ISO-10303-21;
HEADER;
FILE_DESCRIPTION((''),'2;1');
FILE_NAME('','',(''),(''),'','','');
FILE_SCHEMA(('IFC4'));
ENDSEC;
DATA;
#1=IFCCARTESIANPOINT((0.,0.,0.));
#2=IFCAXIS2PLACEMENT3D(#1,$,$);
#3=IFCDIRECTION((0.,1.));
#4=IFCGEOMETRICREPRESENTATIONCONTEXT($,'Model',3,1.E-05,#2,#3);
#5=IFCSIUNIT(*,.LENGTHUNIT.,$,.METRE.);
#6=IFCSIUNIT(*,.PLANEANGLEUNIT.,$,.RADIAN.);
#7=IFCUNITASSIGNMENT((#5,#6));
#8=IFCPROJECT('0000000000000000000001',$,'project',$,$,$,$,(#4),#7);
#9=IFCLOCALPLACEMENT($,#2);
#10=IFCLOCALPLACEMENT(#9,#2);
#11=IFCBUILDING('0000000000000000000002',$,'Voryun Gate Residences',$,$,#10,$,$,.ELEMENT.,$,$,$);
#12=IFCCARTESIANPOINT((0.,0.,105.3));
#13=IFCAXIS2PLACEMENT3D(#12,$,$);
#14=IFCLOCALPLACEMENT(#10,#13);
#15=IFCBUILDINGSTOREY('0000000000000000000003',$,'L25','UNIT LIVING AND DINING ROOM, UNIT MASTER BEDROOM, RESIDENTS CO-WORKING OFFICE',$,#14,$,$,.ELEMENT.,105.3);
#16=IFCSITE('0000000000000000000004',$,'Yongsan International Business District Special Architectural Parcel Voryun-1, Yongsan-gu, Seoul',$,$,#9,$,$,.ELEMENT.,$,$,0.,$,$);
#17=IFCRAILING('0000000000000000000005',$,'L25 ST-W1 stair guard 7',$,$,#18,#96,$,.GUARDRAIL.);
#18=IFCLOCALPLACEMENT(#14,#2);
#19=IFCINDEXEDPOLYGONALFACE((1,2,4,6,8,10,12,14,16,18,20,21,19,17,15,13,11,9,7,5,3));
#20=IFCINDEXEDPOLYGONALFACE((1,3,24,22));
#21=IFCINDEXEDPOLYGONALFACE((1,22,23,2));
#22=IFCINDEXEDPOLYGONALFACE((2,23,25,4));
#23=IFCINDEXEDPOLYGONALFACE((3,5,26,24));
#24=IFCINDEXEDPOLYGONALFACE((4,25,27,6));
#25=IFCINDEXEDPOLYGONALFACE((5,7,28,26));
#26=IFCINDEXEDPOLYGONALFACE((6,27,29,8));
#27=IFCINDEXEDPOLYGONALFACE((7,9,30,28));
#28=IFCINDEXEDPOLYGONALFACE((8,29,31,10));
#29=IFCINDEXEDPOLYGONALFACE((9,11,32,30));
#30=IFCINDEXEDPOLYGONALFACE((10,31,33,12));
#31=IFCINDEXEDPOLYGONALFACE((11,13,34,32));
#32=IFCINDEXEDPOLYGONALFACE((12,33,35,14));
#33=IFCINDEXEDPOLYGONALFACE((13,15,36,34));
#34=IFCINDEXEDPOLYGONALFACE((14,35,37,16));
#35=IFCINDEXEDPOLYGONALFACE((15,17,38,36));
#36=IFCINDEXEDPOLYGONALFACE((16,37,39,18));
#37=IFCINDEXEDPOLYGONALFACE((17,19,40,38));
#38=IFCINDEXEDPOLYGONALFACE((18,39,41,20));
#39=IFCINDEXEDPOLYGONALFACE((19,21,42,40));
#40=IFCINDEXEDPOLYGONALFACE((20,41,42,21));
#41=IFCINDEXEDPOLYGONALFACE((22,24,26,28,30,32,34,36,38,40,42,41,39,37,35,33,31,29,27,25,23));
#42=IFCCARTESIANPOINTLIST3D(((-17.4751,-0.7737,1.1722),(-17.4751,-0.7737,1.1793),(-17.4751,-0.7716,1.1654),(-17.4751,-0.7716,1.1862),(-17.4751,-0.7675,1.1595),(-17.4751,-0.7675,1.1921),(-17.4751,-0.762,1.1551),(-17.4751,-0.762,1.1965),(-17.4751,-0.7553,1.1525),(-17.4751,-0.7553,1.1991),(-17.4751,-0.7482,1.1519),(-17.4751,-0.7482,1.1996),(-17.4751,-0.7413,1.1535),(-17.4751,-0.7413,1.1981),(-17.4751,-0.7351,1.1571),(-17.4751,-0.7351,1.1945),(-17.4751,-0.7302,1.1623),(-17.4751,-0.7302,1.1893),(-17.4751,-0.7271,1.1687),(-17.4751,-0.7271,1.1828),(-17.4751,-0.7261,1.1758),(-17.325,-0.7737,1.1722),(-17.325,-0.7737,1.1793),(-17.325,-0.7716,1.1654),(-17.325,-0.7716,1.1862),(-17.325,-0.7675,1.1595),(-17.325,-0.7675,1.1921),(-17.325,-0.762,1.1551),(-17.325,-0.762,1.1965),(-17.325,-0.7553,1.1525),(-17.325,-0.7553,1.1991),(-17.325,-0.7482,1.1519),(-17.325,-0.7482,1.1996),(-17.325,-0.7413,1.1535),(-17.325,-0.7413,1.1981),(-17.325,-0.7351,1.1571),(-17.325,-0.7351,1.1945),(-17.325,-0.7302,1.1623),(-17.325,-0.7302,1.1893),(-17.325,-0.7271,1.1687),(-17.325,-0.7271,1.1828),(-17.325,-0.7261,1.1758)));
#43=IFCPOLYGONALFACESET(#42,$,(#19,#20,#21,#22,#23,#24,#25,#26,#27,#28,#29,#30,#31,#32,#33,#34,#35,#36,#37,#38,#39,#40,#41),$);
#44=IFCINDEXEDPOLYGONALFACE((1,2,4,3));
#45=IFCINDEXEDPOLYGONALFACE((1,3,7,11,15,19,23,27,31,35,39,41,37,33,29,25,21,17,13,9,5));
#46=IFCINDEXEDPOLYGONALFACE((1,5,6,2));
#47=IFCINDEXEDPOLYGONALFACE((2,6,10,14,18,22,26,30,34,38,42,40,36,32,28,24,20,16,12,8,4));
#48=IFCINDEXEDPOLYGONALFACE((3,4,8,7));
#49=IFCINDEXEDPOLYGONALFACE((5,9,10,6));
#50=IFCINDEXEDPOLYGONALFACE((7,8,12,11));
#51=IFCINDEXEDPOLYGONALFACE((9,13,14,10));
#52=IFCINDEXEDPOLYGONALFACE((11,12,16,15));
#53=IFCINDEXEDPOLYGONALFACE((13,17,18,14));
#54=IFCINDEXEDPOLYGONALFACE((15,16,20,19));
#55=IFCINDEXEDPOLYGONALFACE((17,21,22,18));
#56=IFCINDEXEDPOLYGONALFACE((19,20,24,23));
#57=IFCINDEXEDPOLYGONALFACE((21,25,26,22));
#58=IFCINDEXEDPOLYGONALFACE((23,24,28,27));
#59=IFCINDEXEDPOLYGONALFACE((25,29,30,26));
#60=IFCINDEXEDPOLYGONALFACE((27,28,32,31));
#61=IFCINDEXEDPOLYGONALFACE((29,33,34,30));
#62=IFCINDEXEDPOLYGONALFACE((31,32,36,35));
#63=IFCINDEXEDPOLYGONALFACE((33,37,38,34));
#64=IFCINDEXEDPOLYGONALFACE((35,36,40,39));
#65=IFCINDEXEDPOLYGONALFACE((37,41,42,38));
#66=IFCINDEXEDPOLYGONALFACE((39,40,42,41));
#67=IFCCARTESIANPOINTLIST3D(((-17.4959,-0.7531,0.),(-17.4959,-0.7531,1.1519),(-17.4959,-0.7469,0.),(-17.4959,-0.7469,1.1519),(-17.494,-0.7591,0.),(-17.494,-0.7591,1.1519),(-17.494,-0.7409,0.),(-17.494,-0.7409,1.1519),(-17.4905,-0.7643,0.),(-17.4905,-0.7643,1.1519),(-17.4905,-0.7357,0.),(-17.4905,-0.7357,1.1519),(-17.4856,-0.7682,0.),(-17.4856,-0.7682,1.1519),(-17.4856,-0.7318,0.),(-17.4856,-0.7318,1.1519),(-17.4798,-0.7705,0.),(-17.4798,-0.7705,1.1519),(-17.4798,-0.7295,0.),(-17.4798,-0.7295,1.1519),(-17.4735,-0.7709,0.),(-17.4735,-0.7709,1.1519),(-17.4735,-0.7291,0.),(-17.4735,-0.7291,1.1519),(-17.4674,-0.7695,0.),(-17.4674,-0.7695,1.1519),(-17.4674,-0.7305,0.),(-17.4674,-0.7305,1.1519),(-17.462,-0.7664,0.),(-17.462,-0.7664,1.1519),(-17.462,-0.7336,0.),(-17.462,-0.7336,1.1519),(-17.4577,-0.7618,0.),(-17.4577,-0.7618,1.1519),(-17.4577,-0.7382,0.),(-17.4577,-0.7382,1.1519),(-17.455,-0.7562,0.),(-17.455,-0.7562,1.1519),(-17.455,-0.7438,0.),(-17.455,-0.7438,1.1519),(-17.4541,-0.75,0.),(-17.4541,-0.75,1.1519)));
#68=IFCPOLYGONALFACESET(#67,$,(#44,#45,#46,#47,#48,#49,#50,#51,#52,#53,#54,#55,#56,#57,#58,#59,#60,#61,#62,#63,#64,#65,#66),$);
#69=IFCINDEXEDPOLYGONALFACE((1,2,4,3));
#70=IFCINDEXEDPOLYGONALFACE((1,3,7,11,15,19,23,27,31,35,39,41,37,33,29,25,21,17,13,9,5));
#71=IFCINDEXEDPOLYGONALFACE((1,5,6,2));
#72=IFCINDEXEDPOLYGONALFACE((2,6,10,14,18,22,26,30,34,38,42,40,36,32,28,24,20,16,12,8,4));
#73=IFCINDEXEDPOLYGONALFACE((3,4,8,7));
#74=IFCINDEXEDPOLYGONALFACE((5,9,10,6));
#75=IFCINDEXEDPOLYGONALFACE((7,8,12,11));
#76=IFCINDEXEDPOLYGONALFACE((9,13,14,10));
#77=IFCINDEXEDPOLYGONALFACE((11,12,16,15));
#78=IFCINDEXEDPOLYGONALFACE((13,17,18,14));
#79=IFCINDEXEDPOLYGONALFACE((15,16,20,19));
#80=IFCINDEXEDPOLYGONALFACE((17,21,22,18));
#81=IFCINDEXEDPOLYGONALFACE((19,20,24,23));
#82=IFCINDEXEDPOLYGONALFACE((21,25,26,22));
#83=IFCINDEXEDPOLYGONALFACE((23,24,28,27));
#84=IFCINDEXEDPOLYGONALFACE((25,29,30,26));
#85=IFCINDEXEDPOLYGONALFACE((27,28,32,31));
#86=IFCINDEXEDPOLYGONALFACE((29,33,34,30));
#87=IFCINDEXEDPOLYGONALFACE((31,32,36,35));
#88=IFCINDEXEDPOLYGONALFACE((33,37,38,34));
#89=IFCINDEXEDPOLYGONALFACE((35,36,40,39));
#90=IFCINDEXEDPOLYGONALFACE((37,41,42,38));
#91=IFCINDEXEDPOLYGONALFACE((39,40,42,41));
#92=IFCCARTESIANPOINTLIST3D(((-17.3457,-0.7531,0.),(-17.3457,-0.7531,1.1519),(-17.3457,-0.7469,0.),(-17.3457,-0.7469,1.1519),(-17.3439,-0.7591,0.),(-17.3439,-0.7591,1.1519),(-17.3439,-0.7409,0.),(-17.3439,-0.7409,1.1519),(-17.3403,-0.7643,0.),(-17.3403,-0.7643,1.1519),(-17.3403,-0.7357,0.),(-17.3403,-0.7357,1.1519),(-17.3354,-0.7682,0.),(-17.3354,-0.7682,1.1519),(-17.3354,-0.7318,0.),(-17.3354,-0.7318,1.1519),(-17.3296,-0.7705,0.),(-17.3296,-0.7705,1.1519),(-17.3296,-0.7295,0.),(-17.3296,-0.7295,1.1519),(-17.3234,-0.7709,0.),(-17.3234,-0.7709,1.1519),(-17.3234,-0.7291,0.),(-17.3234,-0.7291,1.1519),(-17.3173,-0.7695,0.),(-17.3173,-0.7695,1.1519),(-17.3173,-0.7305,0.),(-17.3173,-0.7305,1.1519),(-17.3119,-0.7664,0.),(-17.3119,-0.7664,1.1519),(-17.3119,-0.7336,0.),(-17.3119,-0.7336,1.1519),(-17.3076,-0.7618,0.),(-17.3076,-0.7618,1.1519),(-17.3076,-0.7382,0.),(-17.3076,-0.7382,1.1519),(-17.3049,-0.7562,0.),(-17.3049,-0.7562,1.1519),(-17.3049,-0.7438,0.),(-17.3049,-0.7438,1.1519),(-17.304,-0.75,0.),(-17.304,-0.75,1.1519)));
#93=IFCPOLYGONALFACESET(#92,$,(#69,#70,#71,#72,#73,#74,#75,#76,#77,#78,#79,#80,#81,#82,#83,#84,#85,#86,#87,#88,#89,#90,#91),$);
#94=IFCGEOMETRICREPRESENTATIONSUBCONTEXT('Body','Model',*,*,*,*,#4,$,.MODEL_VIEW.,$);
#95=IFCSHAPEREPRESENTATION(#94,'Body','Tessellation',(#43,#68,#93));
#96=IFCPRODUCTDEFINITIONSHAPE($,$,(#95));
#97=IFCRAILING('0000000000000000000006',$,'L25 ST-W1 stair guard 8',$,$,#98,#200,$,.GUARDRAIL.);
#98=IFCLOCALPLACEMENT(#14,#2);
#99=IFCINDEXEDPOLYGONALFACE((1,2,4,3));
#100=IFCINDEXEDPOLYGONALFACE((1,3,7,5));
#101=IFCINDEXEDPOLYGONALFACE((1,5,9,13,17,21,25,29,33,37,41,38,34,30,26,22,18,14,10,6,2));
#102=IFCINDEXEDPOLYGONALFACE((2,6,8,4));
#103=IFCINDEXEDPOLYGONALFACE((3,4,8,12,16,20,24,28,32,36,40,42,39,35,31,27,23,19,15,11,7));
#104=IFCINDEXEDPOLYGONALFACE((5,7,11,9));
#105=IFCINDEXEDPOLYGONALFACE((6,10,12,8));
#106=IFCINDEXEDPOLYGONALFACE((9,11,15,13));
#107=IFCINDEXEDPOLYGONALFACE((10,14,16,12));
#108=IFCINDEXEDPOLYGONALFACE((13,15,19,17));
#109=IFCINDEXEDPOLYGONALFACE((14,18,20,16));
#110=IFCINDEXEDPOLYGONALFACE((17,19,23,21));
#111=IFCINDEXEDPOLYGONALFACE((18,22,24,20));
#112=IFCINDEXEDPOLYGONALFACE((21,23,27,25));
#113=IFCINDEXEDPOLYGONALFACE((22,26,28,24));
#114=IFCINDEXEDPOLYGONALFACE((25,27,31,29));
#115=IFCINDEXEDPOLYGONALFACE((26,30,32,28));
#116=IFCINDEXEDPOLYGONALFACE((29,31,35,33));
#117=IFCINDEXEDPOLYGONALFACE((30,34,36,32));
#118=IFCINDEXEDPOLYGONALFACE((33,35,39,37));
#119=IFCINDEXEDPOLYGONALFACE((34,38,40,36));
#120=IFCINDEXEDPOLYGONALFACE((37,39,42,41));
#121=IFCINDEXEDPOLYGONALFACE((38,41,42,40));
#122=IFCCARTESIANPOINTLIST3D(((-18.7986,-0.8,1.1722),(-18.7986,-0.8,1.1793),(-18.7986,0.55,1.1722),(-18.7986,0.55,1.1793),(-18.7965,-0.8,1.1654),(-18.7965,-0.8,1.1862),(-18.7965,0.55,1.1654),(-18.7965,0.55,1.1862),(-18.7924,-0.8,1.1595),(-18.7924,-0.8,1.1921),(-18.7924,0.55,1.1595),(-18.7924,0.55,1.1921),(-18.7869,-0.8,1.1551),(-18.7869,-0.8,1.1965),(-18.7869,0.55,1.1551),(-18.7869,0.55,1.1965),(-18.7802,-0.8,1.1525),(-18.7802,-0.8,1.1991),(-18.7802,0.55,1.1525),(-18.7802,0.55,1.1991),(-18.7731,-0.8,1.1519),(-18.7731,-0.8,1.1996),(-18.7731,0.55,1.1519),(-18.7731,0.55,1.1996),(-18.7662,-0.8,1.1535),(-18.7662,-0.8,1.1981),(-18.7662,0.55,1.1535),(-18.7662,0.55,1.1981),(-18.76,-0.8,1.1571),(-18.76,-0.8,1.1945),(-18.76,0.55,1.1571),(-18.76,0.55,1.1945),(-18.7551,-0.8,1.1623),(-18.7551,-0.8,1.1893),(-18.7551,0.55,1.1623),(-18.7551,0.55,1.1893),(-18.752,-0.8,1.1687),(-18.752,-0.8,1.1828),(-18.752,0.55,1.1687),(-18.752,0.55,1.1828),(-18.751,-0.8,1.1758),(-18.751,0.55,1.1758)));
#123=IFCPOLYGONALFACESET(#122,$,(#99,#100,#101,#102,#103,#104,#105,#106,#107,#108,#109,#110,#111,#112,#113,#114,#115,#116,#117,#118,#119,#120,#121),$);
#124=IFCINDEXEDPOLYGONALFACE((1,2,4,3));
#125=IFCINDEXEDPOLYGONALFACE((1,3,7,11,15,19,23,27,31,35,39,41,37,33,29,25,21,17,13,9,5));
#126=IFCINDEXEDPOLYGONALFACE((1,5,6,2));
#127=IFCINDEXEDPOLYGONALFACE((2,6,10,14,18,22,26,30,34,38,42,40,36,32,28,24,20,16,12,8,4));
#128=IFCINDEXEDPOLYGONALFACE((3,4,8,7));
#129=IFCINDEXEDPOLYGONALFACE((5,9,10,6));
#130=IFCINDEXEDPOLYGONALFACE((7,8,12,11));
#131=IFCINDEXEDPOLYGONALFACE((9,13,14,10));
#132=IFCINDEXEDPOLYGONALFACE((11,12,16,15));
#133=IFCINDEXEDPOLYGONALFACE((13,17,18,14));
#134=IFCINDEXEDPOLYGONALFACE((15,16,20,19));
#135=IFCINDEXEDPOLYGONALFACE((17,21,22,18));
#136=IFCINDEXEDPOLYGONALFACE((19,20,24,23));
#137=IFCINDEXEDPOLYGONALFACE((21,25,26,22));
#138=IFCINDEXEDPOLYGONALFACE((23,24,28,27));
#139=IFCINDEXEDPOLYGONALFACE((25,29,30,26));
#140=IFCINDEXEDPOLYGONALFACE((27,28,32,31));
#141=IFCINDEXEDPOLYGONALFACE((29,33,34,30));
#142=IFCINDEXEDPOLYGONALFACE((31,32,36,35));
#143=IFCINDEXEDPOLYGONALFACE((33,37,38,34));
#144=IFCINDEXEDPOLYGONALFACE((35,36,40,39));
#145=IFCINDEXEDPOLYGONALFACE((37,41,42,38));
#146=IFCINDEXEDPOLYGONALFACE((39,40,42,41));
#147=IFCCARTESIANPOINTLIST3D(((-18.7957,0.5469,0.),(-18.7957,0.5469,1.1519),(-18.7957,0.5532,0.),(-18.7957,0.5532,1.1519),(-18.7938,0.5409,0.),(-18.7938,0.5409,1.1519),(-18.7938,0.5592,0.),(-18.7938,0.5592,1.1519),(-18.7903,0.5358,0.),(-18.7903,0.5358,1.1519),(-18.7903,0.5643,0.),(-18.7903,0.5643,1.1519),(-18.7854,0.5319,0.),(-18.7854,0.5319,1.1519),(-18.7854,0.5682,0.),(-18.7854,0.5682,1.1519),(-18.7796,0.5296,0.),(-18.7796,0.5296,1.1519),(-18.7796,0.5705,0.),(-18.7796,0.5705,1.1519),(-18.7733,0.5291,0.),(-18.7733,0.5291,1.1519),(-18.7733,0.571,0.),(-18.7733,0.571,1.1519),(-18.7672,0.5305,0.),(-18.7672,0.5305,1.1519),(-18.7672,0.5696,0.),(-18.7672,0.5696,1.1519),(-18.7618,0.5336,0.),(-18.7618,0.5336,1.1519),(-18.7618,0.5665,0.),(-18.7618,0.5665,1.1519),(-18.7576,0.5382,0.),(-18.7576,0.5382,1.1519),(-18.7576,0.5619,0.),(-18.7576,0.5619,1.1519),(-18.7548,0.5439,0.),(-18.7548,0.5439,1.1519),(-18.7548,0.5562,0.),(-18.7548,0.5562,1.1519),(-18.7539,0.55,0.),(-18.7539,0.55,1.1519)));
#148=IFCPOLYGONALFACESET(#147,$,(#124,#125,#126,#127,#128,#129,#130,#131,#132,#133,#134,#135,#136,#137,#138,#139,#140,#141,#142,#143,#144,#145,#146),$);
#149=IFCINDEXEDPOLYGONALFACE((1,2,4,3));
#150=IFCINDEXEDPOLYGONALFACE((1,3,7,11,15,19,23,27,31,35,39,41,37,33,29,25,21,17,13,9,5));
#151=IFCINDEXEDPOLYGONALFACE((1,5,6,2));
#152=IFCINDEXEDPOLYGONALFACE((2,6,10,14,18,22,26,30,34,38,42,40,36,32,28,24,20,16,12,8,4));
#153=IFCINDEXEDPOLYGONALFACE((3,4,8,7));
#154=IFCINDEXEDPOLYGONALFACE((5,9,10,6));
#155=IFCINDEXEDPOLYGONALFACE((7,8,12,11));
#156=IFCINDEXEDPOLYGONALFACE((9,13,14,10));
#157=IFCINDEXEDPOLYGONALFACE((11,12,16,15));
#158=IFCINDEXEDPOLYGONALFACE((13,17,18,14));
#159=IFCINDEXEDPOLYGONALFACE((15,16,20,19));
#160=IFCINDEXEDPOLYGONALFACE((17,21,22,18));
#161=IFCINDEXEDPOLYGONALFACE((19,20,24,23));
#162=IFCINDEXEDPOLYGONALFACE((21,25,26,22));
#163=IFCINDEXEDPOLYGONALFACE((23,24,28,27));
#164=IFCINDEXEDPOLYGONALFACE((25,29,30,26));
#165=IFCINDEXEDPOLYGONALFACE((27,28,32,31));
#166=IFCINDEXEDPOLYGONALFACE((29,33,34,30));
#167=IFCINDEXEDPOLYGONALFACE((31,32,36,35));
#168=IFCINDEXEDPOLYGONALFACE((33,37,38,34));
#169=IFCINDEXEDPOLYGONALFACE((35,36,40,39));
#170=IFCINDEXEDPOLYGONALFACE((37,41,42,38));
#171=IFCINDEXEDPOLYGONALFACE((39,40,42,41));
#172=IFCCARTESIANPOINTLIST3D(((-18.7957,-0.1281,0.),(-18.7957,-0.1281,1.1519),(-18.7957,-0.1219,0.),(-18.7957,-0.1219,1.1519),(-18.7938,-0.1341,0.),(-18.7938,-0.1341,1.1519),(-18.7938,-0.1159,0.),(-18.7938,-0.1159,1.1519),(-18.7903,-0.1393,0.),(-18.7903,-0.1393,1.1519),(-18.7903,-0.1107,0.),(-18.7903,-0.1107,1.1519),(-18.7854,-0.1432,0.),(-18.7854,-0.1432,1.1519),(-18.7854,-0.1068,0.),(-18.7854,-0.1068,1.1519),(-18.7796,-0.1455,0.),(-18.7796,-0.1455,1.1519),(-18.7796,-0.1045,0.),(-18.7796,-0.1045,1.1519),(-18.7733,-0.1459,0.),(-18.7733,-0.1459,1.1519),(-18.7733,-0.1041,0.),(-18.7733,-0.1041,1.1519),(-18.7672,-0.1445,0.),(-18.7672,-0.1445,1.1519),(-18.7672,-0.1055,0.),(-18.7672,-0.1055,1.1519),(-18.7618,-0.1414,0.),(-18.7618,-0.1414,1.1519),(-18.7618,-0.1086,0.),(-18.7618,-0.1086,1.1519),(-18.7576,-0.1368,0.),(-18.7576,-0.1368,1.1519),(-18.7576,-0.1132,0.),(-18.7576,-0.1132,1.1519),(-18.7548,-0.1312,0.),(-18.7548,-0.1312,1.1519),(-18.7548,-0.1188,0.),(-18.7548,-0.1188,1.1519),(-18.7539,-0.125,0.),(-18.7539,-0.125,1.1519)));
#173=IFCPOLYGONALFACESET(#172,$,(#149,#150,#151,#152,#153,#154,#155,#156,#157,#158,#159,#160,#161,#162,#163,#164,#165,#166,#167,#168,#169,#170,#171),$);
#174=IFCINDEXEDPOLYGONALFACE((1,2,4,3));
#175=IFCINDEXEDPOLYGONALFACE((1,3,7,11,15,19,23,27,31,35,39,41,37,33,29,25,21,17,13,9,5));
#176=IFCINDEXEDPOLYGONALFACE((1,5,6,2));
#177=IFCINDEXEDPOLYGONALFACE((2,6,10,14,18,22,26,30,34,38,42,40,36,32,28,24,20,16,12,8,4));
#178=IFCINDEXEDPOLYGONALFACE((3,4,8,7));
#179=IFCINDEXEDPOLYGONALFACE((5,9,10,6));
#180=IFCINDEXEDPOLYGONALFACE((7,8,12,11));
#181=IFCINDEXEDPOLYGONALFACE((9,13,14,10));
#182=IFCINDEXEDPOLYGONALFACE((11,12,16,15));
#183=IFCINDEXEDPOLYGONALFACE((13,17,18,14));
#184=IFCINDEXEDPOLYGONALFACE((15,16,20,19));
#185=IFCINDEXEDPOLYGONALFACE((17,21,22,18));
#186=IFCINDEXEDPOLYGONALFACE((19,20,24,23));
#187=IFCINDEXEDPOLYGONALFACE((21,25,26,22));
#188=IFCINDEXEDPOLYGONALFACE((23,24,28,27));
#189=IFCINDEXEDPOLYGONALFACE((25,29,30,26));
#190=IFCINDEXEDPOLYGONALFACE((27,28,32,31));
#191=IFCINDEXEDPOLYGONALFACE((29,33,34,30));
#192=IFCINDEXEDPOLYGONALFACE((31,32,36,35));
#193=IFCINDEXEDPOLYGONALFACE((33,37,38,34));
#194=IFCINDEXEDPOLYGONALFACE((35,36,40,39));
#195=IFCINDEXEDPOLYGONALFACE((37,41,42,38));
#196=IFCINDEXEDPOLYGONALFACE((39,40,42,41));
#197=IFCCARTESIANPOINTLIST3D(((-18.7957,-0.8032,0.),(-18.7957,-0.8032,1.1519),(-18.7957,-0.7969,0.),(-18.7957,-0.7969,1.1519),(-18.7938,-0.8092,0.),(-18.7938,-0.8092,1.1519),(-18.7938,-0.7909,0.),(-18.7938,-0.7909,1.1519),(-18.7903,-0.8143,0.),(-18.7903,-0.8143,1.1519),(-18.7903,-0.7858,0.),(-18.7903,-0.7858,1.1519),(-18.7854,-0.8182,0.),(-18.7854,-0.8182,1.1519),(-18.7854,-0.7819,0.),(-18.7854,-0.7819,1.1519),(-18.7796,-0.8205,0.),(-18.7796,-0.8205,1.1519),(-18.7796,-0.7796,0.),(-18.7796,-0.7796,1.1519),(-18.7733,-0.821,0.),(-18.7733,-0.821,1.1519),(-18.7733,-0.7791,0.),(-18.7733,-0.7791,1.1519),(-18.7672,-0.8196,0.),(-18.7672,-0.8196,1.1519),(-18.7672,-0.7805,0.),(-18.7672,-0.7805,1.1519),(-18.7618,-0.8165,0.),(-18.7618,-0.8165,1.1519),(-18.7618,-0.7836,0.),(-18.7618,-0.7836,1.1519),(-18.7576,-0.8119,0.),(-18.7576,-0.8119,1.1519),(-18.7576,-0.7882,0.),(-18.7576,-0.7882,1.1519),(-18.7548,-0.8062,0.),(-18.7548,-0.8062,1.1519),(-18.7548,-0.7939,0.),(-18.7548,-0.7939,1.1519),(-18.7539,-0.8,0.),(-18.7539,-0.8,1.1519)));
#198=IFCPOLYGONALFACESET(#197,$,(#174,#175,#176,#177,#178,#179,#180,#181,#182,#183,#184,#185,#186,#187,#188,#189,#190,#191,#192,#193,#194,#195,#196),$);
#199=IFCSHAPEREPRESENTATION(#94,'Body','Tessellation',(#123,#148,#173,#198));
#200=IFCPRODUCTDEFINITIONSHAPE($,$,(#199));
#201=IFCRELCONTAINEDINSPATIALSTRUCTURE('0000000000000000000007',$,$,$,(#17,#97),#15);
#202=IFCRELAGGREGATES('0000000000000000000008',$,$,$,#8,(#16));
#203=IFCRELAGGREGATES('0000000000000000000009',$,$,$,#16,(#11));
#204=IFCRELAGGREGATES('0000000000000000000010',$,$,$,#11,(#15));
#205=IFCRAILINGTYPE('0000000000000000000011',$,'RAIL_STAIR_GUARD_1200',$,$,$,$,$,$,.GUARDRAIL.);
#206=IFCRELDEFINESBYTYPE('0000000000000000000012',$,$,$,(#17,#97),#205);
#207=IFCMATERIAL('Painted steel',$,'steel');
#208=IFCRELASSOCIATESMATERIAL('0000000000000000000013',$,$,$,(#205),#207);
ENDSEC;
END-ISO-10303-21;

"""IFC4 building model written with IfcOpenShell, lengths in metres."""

from ifc_helpers import new_model, si_unit, direction, frame, origin, origin_2d, place, context, subcontext, project, spatial, circle, extrude, material, type_object, element, save


model = new_model("IFC4")

# Units and contexts
model_context = context("Model", 3, precision=1e-05, world=origin(), true_north=direction((0.0, 1.0)))
body_context = subcontext(model_context, "Body", "Model", "MODEL_VIEW")
ifc_project = project(units=[si_unit("LENGTHUNIT", "METRE"), si_unit("PLANEANGLEUNIT", "RADIAN")], contexts=[model_context])

# Site, building, storey
site_placement = place(None, origin())
site = spatial("IfcSite", under=ifc_project, at=site_placement, Name="Yongsan International Business District Special Architectural Parcel Voryun-1, Yongsan-gu, Seoul", CompositionType="ELEMENT", RefElevation=0.0)
building_placement = place(site_placement, origin())
building = spatial("IfcBuilding", under=site, at=building_placement, Name="Voryun Gate Residences", CompositionType="ELEMENT")
storey_placement = place(building_placement, frame((0.0, 0.0, 105.3)))
storey = spatial("IfcBuildingStorey", under=building, at=storey_placement, Name="L25", Description="UNIT LIVING AND DINING ROOM, UNIT MASTER BEDROOM, RESIDENTS CO-WORKING OFFICE", CompositionType="ELEMENT", Elevation=105.3)

# Railings
ifc_material_1 = material(Name="Painted steel", Category="steel")
railing_type_1 = type_object("IfcRailingType", Name="RAIL_STAIR_GUARD_1200", PredefinedType="GUARDRAIL", material=ifc_material_1)
railing_1_placement = place(storey_placement, frame((-17.4751, -0.75, 0.0)))
element("IfcRailing", 1, at=railing_1_placement, inside=storey, type_object=railing_type_1, Name="L25 ST-W1 stair guard 7", PredefinedType="GUARDRAIL", context=body_context, shape_type="SweptSolid", body=[
    extrude(circle(Radius=0.0239, at=origin_2d()), frame((0.0, 0.0, 1.1758), z_axis=(1.0, 0.0, 0.0), x_axis=(0.0, 1.0, 0.0)), (0.0, 0.0, 1.0), 0.1501),
    extrude(circle(Radius=0.021, at=origin_2d()), origin(), (0.0, 0.0, 1.0), 1.1519),
    extrude(circle(Radius=0.021, at=origin_2d()), frame((0.1501, 0.0, 0.0)), (0.0, 0.0, 1.0), 1.1519),
])
railing_2_placement = place(storey_placement, frame((-18.7749, 0.55, 0.0)))
element("IfcRailing", 2, at=railing_2_placement, inside=storey, type_object=railing_type_1, Name="L25 ST-W1 stair guard 8", PredefinedType="GUARDRAIL", context=body_context, shape_type="SweptSolid", body=[
    extrude(circle(Radius=0.0239, at=origin_2d()), frame((0.0, 0.0, 1.1758), z_axis=(0.0, -1.0, 0.0), x_axis=(1.0, 0.0, 0.0)), (0.0, 0.0, 1.0), 1.3501),
    extrude(circle(Radius=0.021, at=origin_2d()), origin(), (0.0, 0.0, 1.0), 1.1519),
    extrude(circle(Radius=0.021, at=origin_2d()), frame((0.0, -0.675, 0.0)), (0.0, 0.0, 1.0), 1.1519),
    extrude(circle(Radius=0.021, at=origin_2d()), frame((0.0, -1.3501, 0.0)), (0.0, 0.0, 1.0), 1.1519),
])

save(model, "model.ifc")
